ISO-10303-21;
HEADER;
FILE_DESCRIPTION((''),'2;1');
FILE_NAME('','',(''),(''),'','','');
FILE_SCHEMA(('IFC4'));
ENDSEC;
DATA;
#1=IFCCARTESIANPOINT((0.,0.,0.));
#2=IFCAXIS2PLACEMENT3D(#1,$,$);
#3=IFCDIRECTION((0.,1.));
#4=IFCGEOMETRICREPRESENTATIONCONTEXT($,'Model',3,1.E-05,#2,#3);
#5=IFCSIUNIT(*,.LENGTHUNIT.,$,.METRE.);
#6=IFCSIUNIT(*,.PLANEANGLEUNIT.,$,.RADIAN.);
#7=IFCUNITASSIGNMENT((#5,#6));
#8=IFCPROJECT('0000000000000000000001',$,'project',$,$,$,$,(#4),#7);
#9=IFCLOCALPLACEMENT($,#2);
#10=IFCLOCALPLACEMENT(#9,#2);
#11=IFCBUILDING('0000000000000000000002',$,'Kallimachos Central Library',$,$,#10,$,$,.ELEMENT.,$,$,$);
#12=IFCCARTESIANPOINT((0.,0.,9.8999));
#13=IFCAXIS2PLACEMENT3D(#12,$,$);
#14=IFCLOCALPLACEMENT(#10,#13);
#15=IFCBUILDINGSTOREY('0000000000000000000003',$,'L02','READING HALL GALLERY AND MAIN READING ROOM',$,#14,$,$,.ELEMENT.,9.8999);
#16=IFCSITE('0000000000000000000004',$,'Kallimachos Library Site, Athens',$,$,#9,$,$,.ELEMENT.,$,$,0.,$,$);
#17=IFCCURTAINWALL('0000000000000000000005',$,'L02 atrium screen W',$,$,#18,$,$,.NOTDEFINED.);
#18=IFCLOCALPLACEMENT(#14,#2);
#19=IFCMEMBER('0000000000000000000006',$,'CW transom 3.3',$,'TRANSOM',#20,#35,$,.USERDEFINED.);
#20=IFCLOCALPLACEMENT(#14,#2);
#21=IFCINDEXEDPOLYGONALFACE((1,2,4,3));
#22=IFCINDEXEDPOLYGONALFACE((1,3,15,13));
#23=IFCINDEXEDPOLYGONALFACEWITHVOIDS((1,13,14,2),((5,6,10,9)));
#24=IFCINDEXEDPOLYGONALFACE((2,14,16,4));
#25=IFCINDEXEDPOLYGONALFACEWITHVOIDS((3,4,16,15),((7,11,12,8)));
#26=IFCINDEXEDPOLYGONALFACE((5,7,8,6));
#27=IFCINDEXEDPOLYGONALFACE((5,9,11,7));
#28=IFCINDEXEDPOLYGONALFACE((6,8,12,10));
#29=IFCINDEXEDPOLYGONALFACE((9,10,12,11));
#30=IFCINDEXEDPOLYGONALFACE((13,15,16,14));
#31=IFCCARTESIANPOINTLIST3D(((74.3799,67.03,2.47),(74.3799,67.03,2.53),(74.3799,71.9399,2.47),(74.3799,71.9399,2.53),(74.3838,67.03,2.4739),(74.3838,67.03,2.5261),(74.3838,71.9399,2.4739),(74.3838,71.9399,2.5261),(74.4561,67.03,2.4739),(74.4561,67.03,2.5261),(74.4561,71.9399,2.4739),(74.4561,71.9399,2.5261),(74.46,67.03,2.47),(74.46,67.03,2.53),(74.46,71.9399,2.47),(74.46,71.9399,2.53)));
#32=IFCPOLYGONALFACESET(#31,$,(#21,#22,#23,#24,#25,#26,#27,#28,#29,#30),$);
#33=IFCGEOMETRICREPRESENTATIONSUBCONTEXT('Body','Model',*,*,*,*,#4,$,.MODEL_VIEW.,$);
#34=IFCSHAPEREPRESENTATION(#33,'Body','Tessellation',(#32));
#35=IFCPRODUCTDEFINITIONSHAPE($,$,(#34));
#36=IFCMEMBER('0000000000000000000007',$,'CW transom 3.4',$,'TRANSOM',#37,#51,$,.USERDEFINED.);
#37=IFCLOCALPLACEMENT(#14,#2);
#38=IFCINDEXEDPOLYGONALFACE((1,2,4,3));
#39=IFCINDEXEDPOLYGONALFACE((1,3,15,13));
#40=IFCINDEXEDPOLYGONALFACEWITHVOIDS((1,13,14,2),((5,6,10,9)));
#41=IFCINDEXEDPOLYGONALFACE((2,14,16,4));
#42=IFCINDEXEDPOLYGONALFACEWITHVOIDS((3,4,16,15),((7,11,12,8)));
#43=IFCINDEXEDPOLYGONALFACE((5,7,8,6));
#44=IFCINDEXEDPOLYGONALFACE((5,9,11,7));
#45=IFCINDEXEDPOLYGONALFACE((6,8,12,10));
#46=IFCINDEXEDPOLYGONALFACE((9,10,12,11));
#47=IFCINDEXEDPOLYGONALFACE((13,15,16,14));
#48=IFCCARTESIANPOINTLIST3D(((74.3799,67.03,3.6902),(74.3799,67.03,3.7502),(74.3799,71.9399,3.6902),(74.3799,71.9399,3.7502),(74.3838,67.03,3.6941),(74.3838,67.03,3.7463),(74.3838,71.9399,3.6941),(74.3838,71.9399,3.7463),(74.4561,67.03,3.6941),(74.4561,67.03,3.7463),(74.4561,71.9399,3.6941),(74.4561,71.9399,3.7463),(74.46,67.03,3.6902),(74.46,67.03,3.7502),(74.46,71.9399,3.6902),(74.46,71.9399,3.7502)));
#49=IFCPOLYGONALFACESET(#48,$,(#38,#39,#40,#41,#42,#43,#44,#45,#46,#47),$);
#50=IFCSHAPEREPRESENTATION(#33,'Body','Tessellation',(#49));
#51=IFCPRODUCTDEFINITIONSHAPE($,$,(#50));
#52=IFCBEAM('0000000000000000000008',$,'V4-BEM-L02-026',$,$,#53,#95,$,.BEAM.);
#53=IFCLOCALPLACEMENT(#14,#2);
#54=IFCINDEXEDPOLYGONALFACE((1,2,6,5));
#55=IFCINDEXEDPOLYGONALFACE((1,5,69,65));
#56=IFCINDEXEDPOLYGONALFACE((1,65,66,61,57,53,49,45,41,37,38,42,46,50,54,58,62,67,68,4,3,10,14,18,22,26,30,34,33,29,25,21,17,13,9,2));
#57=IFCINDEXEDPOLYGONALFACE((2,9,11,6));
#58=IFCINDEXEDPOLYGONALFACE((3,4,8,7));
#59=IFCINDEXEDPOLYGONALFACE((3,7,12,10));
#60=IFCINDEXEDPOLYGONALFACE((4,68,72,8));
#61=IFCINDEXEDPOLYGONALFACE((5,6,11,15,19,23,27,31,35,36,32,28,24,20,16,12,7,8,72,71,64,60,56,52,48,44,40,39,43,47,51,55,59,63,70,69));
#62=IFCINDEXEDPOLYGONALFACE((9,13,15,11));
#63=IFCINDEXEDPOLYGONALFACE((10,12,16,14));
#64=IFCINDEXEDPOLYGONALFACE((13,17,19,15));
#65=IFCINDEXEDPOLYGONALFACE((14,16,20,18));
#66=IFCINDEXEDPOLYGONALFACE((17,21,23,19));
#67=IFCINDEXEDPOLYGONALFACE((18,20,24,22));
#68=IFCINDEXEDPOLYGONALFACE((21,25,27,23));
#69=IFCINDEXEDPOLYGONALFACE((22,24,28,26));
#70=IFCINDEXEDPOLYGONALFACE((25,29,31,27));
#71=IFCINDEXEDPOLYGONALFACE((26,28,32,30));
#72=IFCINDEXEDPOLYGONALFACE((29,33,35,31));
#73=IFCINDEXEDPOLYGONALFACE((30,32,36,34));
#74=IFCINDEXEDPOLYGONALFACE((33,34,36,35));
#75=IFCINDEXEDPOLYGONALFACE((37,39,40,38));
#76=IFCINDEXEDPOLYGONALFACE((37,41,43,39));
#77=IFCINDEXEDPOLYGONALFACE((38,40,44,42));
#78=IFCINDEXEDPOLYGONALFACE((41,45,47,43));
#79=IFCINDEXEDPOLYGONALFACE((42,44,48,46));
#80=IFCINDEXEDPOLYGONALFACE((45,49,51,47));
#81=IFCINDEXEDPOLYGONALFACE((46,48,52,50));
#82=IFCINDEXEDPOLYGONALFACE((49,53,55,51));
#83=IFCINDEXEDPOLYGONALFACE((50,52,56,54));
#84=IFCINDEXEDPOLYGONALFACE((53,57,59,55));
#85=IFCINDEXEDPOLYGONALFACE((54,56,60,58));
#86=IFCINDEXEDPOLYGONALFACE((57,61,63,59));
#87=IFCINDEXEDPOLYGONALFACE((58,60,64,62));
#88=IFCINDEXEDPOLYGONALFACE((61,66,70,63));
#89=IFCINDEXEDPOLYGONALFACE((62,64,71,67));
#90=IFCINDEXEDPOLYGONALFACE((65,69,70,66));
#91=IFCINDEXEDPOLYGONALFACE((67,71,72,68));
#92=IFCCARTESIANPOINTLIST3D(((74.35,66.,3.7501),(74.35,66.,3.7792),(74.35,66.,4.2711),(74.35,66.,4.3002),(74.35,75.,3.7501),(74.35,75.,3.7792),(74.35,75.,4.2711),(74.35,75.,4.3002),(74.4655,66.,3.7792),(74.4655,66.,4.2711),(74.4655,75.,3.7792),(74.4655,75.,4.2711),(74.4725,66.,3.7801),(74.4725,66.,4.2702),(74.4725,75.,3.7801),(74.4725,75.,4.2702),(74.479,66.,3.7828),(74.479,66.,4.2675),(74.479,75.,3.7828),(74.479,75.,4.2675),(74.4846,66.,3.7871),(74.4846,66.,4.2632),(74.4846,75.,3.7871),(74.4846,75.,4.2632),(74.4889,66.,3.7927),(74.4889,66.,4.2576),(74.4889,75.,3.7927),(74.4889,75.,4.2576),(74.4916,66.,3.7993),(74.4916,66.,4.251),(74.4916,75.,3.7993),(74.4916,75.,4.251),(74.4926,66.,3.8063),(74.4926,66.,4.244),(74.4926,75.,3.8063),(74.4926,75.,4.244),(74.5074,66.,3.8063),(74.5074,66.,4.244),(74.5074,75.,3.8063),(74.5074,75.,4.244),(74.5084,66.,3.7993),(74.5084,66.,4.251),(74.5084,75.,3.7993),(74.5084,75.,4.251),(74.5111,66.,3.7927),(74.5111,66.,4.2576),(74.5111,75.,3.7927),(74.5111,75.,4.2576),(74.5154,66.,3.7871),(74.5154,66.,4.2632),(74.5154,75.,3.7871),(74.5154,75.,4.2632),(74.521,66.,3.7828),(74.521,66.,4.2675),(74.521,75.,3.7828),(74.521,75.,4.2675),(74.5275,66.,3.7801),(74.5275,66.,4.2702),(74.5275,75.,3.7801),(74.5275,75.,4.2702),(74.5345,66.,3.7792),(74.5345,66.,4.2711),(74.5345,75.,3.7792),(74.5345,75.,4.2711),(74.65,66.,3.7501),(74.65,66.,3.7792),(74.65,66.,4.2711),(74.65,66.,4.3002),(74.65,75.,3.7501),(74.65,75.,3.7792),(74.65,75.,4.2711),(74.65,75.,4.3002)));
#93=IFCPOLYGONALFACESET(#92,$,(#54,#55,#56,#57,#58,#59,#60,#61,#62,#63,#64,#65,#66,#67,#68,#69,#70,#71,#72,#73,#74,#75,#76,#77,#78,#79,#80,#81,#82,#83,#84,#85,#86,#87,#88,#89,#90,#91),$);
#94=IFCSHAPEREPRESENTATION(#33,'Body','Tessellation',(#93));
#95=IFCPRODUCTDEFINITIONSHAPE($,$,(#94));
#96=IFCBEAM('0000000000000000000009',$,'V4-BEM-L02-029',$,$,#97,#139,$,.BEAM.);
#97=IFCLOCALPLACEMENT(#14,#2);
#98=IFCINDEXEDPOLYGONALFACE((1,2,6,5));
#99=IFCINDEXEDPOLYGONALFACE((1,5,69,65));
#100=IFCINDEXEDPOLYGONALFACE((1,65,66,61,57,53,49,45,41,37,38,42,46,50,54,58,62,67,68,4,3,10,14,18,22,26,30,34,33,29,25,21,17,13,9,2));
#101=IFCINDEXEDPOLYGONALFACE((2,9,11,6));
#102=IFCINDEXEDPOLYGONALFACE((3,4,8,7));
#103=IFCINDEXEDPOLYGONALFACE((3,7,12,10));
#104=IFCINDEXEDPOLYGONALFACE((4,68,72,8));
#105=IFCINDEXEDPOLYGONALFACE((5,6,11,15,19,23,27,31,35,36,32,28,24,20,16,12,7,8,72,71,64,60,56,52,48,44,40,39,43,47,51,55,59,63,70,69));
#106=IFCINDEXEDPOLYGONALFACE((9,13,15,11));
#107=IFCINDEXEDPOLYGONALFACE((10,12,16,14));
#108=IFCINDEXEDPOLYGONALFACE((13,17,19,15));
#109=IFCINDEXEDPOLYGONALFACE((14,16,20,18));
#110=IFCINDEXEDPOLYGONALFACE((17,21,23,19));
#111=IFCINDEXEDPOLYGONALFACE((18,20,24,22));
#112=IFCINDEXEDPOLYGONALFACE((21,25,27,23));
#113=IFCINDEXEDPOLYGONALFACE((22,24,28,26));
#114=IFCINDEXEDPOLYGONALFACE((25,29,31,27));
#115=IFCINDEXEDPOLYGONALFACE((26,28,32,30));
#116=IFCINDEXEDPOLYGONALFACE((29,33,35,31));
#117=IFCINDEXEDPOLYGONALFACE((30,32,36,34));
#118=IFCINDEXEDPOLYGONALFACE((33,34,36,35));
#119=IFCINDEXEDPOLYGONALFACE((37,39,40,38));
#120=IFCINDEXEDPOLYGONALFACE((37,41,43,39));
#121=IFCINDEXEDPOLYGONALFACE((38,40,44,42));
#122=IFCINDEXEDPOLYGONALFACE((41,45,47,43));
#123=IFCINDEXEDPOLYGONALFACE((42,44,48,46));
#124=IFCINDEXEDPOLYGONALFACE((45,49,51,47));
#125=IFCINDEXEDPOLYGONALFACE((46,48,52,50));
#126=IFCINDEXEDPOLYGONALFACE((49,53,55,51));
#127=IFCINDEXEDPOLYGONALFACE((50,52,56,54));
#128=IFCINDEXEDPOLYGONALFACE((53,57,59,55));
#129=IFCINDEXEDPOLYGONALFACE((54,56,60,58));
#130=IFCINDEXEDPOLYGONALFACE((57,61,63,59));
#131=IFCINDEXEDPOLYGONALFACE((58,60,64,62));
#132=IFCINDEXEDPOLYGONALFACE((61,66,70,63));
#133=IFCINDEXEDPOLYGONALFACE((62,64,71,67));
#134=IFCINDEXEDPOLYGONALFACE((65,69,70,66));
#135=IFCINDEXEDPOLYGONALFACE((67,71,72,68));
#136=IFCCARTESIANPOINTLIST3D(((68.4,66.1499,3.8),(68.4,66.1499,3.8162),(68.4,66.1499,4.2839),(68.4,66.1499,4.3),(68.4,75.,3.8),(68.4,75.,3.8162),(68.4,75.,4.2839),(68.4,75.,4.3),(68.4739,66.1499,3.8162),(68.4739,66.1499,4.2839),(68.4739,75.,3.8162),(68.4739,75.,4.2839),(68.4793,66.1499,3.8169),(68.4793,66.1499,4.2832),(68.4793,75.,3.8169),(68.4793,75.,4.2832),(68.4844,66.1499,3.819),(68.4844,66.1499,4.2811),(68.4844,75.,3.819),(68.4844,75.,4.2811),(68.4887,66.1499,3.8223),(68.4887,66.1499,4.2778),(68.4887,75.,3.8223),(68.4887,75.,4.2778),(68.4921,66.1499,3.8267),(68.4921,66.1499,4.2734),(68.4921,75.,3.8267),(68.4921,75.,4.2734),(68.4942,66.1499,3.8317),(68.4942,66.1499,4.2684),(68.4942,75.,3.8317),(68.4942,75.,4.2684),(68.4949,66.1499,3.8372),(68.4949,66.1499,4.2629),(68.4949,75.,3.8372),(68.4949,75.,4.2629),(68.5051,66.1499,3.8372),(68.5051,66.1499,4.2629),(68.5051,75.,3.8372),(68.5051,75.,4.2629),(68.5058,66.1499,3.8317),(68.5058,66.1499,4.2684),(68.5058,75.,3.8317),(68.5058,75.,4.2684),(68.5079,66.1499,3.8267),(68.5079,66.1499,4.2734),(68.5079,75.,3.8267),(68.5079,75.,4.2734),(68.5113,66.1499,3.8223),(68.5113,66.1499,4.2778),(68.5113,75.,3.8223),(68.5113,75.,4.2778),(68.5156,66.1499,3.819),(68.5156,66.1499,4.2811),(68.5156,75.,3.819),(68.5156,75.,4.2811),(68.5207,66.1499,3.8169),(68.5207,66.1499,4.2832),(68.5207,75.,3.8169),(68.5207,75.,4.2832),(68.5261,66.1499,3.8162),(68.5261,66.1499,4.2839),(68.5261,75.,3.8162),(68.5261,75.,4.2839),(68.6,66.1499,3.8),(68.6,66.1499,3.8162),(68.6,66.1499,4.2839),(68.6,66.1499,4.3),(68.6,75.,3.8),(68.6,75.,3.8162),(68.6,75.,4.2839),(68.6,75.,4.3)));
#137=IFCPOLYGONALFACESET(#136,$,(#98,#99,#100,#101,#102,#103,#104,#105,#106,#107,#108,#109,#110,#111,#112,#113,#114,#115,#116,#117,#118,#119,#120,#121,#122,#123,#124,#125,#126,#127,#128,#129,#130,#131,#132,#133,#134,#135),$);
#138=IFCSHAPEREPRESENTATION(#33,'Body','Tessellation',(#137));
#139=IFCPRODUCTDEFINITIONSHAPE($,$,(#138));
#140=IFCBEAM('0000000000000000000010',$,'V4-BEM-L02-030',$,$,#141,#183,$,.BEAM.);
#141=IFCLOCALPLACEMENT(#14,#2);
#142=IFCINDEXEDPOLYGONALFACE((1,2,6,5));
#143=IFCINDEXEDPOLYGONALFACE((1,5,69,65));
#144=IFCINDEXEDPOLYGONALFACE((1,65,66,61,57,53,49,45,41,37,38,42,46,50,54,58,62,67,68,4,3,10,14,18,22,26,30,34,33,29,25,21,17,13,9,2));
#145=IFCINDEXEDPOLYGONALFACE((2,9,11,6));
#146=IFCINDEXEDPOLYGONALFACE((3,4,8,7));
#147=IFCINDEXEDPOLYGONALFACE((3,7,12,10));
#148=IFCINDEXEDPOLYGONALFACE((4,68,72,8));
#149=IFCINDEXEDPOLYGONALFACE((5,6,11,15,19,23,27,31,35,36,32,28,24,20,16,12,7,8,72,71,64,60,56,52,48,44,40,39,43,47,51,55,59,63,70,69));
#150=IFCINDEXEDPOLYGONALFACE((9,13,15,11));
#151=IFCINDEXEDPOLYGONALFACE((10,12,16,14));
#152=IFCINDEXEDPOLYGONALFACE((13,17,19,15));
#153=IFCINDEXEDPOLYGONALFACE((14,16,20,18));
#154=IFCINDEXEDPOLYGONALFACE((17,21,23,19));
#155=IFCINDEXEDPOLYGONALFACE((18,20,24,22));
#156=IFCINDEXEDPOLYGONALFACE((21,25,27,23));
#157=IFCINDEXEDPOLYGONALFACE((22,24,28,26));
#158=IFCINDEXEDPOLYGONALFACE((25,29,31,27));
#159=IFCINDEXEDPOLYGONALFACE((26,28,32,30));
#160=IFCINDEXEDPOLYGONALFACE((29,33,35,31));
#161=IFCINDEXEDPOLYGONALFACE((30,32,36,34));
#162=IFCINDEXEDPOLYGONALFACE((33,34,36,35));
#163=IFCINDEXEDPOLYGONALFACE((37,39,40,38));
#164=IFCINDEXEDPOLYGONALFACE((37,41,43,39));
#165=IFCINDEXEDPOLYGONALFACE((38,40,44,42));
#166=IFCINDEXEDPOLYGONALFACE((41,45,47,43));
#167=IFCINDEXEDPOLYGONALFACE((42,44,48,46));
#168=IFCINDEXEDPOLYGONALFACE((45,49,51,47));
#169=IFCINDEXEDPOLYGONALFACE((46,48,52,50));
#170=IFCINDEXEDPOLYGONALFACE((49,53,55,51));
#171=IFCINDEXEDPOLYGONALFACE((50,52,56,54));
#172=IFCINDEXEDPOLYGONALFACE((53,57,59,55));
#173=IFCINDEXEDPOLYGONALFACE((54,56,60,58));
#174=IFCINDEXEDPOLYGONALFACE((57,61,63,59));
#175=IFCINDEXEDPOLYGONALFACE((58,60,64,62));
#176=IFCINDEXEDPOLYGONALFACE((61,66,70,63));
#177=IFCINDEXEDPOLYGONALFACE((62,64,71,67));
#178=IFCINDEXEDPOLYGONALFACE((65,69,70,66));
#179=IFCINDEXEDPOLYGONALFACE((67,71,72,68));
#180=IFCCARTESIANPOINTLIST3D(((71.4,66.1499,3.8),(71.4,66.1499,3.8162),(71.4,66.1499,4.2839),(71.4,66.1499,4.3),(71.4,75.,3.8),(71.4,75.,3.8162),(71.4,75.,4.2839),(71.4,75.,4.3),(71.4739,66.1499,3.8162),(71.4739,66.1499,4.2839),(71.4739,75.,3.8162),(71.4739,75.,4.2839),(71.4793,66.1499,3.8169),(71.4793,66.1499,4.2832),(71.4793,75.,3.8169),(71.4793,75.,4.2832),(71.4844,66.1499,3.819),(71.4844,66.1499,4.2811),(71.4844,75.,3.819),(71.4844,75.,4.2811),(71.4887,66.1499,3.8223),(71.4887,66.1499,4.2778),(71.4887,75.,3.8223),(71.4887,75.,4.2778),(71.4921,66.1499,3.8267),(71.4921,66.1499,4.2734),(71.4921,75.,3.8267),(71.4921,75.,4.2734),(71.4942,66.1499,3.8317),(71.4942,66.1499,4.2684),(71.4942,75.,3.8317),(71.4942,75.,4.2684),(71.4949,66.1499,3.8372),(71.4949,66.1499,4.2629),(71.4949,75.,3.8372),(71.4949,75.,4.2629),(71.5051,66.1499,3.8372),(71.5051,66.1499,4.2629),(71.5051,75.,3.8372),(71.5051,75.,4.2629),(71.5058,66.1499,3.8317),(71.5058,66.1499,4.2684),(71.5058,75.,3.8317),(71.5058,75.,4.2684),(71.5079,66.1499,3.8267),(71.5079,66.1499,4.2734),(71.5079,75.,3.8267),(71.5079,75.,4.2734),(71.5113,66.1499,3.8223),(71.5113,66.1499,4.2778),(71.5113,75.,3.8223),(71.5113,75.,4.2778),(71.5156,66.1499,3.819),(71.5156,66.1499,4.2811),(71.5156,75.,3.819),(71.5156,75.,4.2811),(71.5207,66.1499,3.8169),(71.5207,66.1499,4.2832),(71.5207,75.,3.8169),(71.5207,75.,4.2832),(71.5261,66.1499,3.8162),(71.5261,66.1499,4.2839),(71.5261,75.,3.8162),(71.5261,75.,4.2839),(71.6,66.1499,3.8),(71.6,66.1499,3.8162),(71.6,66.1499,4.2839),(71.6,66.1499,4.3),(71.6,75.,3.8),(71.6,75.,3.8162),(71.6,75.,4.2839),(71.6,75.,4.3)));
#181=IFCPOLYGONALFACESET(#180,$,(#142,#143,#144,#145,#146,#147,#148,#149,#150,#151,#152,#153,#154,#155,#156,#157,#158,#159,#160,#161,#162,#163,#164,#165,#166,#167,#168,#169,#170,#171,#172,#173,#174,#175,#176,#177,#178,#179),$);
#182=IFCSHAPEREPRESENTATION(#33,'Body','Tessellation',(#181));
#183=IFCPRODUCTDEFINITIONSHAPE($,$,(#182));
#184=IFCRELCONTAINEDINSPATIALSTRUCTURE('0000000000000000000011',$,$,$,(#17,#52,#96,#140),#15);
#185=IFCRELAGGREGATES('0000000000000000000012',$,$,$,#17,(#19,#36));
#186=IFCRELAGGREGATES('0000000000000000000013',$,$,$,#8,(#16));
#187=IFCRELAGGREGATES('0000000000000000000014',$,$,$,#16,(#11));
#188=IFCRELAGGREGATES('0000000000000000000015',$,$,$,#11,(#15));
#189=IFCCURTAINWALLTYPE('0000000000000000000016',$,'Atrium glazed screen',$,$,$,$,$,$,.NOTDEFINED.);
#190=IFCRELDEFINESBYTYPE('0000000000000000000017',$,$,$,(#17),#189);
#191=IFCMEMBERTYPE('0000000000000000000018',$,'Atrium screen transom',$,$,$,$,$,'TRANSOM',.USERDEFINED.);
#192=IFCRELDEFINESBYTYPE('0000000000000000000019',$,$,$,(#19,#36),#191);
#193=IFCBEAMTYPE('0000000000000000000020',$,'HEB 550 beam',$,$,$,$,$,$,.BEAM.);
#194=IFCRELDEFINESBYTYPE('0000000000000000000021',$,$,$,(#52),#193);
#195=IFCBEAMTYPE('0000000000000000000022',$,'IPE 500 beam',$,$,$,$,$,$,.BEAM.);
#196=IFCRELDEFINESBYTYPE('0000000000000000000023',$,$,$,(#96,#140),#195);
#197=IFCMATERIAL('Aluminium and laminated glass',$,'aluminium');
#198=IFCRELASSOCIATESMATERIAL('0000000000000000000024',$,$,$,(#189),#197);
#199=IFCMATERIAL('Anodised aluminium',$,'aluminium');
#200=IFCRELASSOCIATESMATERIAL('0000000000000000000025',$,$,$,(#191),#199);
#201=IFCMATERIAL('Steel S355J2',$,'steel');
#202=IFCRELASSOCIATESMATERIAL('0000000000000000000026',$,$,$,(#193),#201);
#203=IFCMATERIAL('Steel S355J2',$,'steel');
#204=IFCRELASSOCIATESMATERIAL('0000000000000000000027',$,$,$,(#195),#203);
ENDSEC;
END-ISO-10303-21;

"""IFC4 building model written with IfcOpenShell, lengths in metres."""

from ifc_helpers import new_model, si_unit, direction, frame, origin, origin_2d, place, context, subcontext, project, spatial, hollow_rectangle, i_section, extrude, material, material_profile, profile_set, type_object, element, aggregate, save


model = new_model("IFC4")

# Units and contexts
model_context = context("Model", 3, precision=1e-05, world=origin(), true_north=direction((0.0, 1.0)))
body_context = subcontext(model_context, "Body", "Model", "MODEL_VIEW")
ifc_project = project(units=[si_unit("LENGTHUNIT", "METRE"), si_unit("PLANEANGLEUNIT", "RADIAN")], contexts=[model_context])

# Site, building, storey
site_placement = place(None, origin())
site = spatial("IfcSite", under=ifc_project, at=site_placement, Name="Kallimachos Library Site, Athens", CompositionType="ELEMENT", RefElevation=0.0)
building_placement = place(site_placement, origin())
building = spatial("IfcBuilding", under=site, at=building_placement, Name="Kallimachos Central Library", CompositionType="ELEMENT")
storey_placement = place(building_placement, frame((0.0, 0.0, 9.8999)))
storey = spatial("IfcBuildingStorey", under=building, at=storey_placement, Name="L02", Description="READING HALL GALLERY AND MAIN READING ROOM", CompositionType="ELEMENT", Elevation=9.8999)

# Curtain wall, members
ifc_material_1 = material(Name="Aluminium and laminated glass", Category="aluminium")
curtain_wall_type = type_object("IfcCurtainWallType", Name="Atrium glazed screen", PredefinedType="NOTDEFINED", material=ifc_material_1)
curtain_wall_placement = place(storey_placement, origin())
curtain_wall = element("IfcCurtainWall", 1, at=curtain_wall_placement, inside=storey, type_object=curtain_wall_type, Name="L02 atrium screen W", PredefinedType="NOTDEFINED")
ifc_material_2 = material(Name="Anodised aluminium", Category="aluminium")
ifc_material_profile_1 = material_profile(ifc_material_2, hollow_rectangle(XDim=0.0601, YDim=0.0801, WallThickness=0.0039, at=origin_2d()), Name="ALU TRANSOM 60x80")
ifc_profile_set_1 = profile_set([ifc_material_profile_1], Name="Anodised aluminium")
member_type_1 = type_object("IfcMemberType", Name="Atrium screen transom", ElementType="TRANSOM", PredefinedType="USERDEFINED", material=ifc_profile_set_1)
member_1_placement = place(storey_placement, frame((74.4199, 67.03, 2.5), z_axis=(0.0, 1.0, 0.0), x_axis=(0.0, 0.0, 1.0)))
member_1 = element("IfcMember", 2, at=member_1_placement, type_object=member_type_1, Name="CW transom 3.3", ObjectType="TRANSOM", PredefinedType="USERDEFINED", context=body_context, shape_type="SweptSolid", body=[
    extrude(hollow_rectangle(XDim=0.0601, YDim=0.0801, WallThickness=0.0039, at=origin_2d()), origin(), (0.0, 0.0, 1.0), 4.9099),
])
member_2_placement = place(storey_placement, frame((74.4199, 67.03, 3.7202), z_axis=(0.0, 1.0, 0.0), x_axis=(0.0, 0.0, 1.0)))
member_2 = element("IfcMember", 3, at=member_2_placement, type_object=member_type_1, Name="CW transom 3.4", ObjectType="TRANSOM", PredefinedType="USERDEFINED", context=body_context, shape_type="SweptSolid", body=[
    extrude(hollow_rectangle(XDim=0.0601, YDim=0.0801, WallThickness=0.0039, at=origin_2d()), origin(), (0.0, 0.0, 1.0), 4.9099),
])

# Beams
ifc_material_3 = material(Name="Steel S355J2", Category="steel")
ifc_material_profile_2 = material_profile(ifc_material_3, i_section(OverallWidth=0.3, OverallDepth=0.55, WebThickness=0.0149, FlangeThickness=0.0291, FilletRadius=0.0271, at=origin_2d()), Name="HEB 550")
ifc_profile_set_2 = profile_set([ifc_material_profile_2], Name="Steel S355J2")
beam_type_1 = type_object("IfcBeamType", Name="HEB 550 beam", PredefinedType="BEAM", material=ifc_profile_set_2)
beam_placement = place(storey_placement, frame((74.5, 66.0, 4.0251), z_axis=(0.0, 1.0, 0.0), x_axis=(-1.0, 0.0, 0.0)))
element("IfcBeam", 4, at=beam_placement, inside=storey, type_object=beam_type_1, Name="V4-BEM-L02-026", PredefinedType="BEAM", context=body_context, shape_type="SweptSolid", body=[
    extrude(i_section(OverallWidth=0.3, OverallDepth=0.55, WebThickness=0.0149, FlangeThickness=0.0291, FilletRadius=0.0271, at=origin_2d()), origin(), (0.0, 0.0, 1.0), 9.0),
])
ifc_material_4 = material(Name="Steel S355J2", Category="steel")
ifc_material_profile_3 = material_profile(ifc_material_4, i_section(OverallWidth=0.2, OverallDepth=0.5, WebThickness=0.0103, FlangeThickness=0.0161, FilletRadius=0.021, at=origin_2d()), Name="IPE 500")
ifc_profile_set_3 = profile_set([ifc_material_profile_3], Name="Steel S355J2")
beam_type_2 = type_object("IfcBeamType", Name="IPE 500 beam", PredefinedType="BEAM", material=ifc_profile_set_3)
for number, where, z_axis, x_axis, name in (
    (5, (68.5, 66.1499, 4.05), (0.0, 1.0, 0.0), (-1.0, 0.0, 0.0), "V4-BEM-L02-029"),
    (6, (71.5, 66.1499, 4.05), (0.0, 1.0, 0.0), (-1.0, 0.0, 0.0), "V4-BEM-L02-030"),
):
    element("IfcBeam", number, at=place(storey_placement, frame(where, z_axis=z_axis, x_axis=x_axis)), inside=storey, type_object=beam_type_2, Name=name, PredefinedType="BEAM", context=body_context, shape_type="SweptSolid", body=[
        extrude(i_section(OverallWidth=0.2, OverallDepth=0.5, WebThickness=0.0103, FlangeThickness=0.0161, FilletRadius=0.021, at=origin_2d()), origin(), (0.0, 0.0, 1.0), 8.8501),
    ])

aggregate(curtain_wall, [member_1, member_2])

save(model, "model.ifc")
